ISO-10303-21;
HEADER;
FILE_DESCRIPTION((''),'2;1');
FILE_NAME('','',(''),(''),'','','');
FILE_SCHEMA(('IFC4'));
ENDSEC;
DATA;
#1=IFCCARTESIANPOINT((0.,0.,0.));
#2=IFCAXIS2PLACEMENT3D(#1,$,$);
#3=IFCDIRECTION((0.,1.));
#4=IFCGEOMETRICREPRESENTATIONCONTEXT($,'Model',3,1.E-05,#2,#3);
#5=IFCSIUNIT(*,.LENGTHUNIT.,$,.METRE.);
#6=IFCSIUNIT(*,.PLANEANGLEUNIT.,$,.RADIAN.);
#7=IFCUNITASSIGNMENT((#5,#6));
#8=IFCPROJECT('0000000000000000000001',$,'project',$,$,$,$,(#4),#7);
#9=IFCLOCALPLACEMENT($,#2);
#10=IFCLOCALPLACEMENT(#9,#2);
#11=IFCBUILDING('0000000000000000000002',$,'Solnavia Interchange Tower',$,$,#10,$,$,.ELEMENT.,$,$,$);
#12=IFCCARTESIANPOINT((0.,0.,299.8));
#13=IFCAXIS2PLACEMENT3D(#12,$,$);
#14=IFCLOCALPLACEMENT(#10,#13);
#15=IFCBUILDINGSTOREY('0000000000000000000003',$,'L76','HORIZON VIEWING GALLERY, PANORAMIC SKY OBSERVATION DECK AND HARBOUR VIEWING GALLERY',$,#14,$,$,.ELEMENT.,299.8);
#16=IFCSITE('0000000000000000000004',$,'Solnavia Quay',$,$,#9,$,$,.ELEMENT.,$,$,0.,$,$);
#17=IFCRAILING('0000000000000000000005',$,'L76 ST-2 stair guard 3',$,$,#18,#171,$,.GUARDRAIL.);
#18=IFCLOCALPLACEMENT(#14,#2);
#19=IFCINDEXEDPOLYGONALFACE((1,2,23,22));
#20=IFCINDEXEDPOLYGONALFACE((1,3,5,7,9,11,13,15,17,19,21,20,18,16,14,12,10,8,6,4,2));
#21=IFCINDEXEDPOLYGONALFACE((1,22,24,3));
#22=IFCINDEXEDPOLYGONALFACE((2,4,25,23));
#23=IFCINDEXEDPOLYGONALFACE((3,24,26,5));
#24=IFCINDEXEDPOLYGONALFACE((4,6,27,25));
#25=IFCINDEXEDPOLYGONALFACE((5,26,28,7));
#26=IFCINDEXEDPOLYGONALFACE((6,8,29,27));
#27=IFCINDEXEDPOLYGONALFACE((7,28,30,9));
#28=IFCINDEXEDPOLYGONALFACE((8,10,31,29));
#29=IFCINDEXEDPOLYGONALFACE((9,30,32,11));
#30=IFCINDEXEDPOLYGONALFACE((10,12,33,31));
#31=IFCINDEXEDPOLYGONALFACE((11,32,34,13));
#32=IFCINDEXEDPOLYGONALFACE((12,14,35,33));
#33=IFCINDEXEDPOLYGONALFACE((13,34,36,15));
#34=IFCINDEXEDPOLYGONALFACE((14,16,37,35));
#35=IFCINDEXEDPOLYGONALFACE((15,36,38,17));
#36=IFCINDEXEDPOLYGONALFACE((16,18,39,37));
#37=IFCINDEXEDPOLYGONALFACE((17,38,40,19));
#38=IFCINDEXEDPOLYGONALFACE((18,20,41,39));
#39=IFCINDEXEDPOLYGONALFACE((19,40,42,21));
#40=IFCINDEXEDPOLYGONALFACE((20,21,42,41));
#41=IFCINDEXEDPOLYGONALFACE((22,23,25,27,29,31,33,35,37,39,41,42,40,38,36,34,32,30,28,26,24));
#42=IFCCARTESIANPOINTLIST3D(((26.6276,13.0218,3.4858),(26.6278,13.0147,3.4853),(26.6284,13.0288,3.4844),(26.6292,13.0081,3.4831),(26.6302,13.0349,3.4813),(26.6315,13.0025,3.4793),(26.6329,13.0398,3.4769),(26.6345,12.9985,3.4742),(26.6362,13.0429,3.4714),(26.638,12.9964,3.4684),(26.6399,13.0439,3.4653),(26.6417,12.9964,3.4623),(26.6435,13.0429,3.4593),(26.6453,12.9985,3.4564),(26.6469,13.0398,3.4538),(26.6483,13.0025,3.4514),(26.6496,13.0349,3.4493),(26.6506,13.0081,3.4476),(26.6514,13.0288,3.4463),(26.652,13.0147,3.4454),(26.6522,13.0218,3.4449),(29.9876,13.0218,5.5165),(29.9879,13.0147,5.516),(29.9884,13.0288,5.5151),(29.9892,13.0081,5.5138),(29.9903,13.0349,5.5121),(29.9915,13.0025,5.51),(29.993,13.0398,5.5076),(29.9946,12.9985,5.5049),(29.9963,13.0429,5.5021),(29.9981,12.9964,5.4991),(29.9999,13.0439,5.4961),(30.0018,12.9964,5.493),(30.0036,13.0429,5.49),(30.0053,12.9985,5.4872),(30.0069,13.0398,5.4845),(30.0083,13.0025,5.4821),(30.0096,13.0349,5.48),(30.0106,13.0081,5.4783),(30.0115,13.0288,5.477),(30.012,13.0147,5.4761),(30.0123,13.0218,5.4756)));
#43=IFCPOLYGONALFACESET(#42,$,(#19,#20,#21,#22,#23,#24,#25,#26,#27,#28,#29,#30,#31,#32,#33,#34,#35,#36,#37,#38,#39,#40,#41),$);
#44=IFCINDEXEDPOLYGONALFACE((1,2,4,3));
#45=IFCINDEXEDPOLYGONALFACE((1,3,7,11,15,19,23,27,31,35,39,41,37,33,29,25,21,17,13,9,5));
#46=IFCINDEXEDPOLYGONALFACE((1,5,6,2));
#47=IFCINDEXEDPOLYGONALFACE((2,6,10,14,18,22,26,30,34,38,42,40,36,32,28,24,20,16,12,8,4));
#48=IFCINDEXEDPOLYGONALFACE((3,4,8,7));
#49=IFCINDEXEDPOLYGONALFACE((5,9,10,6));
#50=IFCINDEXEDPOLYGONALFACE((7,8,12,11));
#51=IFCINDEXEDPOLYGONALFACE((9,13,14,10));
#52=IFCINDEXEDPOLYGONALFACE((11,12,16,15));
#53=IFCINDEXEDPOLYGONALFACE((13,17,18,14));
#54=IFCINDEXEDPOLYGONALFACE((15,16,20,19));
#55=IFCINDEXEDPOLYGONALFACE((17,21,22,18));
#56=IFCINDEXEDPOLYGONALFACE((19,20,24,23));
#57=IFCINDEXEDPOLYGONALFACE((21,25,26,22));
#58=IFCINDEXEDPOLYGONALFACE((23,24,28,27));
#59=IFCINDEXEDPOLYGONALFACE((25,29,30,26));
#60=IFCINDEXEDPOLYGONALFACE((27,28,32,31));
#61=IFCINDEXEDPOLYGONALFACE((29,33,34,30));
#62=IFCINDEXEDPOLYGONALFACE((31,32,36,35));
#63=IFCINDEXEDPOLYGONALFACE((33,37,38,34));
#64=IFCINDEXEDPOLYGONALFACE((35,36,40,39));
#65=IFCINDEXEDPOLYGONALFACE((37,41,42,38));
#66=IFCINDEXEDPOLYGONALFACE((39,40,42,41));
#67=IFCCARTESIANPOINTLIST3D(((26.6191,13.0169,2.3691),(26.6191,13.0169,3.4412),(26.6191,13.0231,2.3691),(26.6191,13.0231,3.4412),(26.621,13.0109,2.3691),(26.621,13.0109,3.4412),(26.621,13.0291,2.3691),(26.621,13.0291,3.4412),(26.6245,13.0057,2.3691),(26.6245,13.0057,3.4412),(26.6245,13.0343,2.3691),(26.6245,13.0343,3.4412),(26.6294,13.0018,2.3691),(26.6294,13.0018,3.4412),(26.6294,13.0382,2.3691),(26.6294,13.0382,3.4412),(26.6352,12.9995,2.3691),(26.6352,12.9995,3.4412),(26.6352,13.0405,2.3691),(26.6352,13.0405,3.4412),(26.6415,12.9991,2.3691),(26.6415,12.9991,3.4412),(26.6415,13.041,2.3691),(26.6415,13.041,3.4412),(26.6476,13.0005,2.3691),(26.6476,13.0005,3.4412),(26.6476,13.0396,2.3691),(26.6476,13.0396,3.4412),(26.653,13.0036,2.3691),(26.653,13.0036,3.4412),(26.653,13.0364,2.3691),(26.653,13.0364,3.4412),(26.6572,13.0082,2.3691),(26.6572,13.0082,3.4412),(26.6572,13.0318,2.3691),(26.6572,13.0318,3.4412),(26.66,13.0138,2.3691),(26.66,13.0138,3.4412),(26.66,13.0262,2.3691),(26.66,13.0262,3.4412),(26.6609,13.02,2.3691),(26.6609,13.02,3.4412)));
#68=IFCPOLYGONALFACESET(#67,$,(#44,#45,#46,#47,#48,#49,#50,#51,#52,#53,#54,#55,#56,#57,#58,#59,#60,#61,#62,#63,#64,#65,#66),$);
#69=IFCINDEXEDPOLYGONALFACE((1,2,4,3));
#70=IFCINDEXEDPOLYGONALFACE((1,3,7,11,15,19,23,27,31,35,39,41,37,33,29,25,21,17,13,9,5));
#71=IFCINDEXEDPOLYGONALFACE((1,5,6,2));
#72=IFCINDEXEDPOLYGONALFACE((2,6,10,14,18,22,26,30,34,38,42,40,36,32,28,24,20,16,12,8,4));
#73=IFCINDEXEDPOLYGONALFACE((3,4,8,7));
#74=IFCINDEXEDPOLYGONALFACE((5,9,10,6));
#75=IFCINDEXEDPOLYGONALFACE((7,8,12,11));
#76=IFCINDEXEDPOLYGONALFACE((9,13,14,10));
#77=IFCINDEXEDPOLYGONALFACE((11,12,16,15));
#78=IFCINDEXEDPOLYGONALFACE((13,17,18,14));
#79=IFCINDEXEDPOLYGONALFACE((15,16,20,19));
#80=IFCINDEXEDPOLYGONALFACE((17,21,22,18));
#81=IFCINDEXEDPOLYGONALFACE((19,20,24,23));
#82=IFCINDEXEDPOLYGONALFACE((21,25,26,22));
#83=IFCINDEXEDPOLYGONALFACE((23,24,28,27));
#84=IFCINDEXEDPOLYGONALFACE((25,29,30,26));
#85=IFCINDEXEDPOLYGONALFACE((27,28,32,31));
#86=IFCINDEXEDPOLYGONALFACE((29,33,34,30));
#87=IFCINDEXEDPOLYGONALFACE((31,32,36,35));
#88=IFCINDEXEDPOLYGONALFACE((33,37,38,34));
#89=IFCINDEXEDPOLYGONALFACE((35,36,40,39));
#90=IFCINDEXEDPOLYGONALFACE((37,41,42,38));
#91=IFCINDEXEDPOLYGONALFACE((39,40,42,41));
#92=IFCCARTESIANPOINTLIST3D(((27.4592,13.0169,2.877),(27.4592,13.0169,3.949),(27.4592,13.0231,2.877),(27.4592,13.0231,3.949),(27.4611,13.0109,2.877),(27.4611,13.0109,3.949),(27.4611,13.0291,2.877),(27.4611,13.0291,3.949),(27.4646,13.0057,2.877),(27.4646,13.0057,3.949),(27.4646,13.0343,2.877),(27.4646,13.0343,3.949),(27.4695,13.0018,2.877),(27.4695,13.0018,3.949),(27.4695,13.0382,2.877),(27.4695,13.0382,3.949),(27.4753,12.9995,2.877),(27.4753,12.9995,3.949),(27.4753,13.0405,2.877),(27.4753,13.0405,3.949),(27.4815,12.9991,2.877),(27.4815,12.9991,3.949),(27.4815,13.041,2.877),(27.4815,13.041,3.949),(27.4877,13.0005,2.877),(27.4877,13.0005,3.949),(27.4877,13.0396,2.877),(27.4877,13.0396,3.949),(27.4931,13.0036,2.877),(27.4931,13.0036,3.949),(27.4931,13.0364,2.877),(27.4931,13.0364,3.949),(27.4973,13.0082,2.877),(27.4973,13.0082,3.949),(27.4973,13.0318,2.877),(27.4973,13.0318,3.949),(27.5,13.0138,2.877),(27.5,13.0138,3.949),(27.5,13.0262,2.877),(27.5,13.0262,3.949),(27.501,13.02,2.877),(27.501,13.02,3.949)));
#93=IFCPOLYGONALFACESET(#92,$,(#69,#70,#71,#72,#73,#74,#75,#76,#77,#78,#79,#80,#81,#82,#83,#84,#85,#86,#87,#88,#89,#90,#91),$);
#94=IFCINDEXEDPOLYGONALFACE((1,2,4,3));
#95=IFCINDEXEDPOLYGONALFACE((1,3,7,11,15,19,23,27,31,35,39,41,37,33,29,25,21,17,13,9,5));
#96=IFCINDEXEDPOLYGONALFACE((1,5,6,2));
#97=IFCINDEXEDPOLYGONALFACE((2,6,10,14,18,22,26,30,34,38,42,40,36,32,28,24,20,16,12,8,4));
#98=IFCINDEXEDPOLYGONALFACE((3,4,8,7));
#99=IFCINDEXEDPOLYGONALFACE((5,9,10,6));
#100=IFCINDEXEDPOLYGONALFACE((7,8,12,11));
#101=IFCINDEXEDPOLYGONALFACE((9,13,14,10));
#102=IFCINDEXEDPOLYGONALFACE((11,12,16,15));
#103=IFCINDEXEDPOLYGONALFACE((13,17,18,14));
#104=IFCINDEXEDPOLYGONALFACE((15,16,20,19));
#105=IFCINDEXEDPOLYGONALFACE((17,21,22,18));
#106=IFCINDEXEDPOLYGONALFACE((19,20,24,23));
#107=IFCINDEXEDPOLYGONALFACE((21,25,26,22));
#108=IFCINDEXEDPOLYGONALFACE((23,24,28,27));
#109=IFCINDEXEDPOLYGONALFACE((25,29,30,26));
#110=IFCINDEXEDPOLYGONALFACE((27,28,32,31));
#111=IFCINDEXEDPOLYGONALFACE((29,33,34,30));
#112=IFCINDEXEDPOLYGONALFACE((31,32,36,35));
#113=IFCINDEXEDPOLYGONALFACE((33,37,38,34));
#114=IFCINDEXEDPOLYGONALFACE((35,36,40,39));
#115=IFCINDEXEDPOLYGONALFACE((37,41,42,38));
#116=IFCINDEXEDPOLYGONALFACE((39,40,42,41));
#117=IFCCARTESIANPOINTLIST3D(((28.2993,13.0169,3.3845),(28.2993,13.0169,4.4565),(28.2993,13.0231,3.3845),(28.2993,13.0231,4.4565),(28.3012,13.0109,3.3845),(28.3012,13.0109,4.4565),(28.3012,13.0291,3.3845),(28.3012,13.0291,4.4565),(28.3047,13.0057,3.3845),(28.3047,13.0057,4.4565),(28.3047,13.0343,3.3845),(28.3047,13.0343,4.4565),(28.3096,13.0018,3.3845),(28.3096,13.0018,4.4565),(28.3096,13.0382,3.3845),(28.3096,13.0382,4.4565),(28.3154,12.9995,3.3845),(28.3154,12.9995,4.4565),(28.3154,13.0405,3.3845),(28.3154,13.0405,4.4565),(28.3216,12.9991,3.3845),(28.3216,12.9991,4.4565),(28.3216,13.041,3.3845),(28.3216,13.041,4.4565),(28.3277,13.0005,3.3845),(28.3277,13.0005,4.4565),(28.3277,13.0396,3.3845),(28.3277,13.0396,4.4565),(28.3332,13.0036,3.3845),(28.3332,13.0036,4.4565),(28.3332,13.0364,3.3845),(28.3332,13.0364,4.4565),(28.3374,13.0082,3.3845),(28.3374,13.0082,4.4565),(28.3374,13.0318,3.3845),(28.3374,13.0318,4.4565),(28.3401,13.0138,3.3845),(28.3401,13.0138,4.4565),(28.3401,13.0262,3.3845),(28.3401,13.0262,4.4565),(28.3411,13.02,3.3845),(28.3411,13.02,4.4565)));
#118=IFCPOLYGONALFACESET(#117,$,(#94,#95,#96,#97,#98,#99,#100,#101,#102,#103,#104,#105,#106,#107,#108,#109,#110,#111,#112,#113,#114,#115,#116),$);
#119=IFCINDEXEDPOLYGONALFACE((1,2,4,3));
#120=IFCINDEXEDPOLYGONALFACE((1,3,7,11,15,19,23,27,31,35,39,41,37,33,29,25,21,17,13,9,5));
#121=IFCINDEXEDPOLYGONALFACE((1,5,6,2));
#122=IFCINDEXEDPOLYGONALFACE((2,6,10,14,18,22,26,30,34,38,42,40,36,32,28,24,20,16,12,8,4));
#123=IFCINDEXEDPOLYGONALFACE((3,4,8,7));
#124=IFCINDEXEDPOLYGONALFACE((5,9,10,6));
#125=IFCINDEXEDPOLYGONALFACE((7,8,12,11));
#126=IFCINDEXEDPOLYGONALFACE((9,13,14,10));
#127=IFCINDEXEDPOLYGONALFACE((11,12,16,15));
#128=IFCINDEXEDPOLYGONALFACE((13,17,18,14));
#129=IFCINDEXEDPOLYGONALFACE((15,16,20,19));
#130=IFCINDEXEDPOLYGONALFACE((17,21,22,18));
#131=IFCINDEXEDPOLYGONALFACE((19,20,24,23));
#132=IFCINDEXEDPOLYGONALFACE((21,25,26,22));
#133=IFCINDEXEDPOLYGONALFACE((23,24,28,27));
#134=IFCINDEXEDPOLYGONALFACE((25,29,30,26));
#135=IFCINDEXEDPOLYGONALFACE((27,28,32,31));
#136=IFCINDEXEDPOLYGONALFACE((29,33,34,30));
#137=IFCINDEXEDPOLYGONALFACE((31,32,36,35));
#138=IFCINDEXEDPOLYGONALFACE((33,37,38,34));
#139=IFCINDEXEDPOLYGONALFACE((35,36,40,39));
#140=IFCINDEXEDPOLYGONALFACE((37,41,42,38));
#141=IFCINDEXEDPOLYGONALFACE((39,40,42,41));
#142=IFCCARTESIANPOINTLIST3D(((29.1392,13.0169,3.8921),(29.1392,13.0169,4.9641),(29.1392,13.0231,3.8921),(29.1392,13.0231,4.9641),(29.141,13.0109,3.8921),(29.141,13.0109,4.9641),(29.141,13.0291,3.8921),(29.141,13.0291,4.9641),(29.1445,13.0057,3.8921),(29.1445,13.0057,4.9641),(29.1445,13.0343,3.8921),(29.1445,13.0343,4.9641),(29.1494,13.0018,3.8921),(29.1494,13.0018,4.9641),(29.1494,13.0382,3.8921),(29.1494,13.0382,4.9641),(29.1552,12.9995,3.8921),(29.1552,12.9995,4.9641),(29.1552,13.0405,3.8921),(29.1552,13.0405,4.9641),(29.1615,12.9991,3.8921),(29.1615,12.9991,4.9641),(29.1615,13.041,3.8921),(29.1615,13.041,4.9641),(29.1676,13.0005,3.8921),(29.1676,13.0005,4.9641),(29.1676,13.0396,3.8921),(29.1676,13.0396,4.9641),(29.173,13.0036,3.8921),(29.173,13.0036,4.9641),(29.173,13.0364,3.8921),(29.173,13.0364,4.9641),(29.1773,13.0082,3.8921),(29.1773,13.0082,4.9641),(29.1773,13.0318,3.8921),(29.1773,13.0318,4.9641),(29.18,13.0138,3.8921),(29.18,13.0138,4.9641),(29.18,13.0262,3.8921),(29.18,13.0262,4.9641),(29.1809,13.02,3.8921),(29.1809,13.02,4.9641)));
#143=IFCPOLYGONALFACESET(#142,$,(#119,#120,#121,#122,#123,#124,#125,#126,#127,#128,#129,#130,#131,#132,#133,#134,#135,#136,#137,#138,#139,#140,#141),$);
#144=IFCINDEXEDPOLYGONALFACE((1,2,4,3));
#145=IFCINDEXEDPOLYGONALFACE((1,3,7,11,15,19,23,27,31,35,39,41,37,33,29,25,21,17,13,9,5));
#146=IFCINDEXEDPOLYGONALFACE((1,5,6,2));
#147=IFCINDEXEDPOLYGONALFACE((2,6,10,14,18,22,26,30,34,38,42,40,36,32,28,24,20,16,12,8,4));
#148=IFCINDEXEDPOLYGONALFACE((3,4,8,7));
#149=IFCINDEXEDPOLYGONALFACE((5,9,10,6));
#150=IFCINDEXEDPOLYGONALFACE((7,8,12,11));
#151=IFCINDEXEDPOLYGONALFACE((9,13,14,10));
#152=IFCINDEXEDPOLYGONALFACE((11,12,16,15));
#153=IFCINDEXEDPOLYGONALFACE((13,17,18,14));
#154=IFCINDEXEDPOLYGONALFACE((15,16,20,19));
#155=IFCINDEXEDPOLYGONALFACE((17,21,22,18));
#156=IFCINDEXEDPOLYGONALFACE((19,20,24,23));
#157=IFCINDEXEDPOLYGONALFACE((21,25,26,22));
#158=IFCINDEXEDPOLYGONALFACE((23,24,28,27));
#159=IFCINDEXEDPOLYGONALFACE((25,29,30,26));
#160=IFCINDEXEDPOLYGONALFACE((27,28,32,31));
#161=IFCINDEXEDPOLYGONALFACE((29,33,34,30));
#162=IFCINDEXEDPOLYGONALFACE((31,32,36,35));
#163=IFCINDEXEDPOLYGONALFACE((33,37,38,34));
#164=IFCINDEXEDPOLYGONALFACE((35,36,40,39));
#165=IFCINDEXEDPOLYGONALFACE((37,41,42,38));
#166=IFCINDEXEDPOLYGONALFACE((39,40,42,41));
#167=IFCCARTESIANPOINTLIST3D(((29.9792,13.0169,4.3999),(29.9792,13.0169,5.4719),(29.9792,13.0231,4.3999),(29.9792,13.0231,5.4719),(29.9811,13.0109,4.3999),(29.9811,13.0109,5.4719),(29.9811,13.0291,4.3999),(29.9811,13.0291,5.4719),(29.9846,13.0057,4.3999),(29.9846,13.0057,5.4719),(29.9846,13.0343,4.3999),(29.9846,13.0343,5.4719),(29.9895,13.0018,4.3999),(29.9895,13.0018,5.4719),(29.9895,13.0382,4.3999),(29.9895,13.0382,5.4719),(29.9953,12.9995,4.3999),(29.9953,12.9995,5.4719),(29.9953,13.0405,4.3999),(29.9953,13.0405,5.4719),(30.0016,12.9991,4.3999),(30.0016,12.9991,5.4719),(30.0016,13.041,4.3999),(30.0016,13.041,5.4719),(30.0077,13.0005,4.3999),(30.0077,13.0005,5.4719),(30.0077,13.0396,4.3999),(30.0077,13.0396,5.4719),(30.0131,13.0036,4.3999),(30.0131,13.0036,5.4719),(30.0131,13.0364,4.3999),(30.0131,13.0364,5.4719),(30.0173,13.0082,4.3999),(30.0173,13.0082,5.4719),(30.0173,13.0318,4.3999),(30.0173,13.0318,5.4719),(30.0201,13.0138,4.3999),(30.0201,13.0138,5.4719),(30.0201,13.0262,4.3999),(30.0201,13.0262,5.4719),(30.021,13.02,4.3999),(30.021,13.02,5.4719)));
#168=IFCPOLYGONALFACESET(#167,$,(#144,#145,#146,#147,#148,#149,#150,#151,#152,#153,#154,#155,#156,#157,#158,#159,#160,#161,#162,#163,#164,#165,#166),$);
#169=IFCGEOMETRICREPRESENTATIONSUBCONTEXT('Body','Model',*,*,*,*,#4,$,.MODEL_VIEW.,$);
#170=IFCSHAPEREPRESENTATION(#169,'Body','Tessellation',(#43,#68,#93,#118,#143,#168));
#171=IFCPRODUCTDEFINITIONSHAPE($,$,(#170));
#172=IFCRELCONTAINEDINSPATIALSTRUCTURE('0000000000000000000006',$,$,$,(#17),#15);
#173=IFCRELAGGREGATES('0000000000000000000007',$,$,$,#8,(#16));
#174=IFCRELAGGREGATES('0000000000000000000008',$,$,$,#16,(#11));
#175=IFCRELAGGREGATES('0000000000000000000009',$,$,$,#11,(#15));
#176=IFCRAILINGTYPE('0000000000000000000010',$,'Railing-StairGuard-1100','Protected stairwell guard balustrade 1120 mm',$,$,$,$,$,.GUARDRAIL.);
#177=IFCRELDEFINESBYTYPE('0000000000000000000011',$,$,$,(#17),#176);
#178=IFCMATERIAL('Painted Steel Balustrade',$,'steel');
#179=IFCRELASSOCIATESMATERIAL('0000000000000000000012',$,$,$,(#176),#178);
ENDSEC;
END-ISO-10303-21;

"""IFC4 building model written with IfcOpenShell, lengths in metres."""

from ifc_helpers import new_model, si_unit, direction, frame, origin, origin_2d, place, context, subcontext, project, spatial, circle, extrude, material, type_object, element, save


model = new_model("IFC4")

# Units and contexts
model_context = context("Model", 3, precision=1e-05, world=origin(), true_north=direction((0.0, 1.0)))
body_context = subcontext(model_context, "Body", "Model", "MODEL_VIEW")
ifc_project = project(units=[si_unit("LENGTHUNIT", "METRE"), si_unit("PLANEANGLEUNIT", "RADIAN")], contexts=[model_context])

# Site, building, storey
site_placement = place(None, origin())
site = spatial("IfcSite", under=ifc_project, at=site_placement, Name="Solnavia Quay", CompositionType="ELEMENT", RefElevation=0.0)
building_placement = place(site_placement, origin())
building = spatial("IfcBuilding", under=site, at=building_placement, Name="Solnavia Interchange Tower", CompositionType="ELEMENT")
storey_placement = place(building_placement, frame((0.0, 0.0, 299.8)))
storey = spatial("IfcBuildingStorey", under=building, at=storey_placement, Name="L76", Description="HORIZON VIEWING GALLERY, PANORAMIC SKY OBSERVATION DECK AND HARBOUR VIEWING GALLERY", CompositionType="ELEMENT", Elevation=299.8)

# Railing
ifc_material_1 = material(Name="Painted Steel Balustrade", Category="steel")
railing_type_1 = type_object("IfcRailingType", Name="Railing-StairGuard-1100", Description="Protected stairwell guard balustrade 1120 mm", PredefinedType="GUARDRAIL", material=ifc_material_1)
railing_1_placement = place(storey_placement, frame((26.6399, 13.02, 2.3691)))
element("IfcRailing", 1, at=railing_1_placement, inside=storey, type_object=railing_type_1, Name="L76 ST-2 stair guard 3", PredefinedType="GUARDRAIL", context=body_context, shape_type="SweptSolid", body=[
    extrude(circle(Radius=0.0239, at=origin_2d()), frame((0.0, 0.0, 1.0962), z_axis=(0.855837, 0.0, 0.517246), x_axis=(0.0, 1.0, 0.0)), (0.0, 0.0, 1.0), 3.926),
    extrude(circle(Radius=0.021, at=origin_2d()), origin(), (0.0, 0.0, 1.0), 1.072),
    extrude(circle(Radius=0.021, at=origin_2d()), frame((0.8401, 0.0, 0.5078)), (0.0, 0.0, 1.0), 1.072),
    extrude(circle(Radius=0.021, at=origin_2d()), frame((1.6802, 0.0, 1.0154)), (0.0, 0.0, 1.0), 1.072),
    extrude(circle(Radius=0.021, at=origin_2d()), frame((2.52, 0.0, 1.5229)), (0.0, 0.0, 1.0), 1.072),
    extrude(circle(Radius=0.021, at=origin_2d()), frame((3.3601, 0.0, 2.0308)), (0.0, 0.0, 1.0), 1.072),
])

save(model, "model.ifc")
